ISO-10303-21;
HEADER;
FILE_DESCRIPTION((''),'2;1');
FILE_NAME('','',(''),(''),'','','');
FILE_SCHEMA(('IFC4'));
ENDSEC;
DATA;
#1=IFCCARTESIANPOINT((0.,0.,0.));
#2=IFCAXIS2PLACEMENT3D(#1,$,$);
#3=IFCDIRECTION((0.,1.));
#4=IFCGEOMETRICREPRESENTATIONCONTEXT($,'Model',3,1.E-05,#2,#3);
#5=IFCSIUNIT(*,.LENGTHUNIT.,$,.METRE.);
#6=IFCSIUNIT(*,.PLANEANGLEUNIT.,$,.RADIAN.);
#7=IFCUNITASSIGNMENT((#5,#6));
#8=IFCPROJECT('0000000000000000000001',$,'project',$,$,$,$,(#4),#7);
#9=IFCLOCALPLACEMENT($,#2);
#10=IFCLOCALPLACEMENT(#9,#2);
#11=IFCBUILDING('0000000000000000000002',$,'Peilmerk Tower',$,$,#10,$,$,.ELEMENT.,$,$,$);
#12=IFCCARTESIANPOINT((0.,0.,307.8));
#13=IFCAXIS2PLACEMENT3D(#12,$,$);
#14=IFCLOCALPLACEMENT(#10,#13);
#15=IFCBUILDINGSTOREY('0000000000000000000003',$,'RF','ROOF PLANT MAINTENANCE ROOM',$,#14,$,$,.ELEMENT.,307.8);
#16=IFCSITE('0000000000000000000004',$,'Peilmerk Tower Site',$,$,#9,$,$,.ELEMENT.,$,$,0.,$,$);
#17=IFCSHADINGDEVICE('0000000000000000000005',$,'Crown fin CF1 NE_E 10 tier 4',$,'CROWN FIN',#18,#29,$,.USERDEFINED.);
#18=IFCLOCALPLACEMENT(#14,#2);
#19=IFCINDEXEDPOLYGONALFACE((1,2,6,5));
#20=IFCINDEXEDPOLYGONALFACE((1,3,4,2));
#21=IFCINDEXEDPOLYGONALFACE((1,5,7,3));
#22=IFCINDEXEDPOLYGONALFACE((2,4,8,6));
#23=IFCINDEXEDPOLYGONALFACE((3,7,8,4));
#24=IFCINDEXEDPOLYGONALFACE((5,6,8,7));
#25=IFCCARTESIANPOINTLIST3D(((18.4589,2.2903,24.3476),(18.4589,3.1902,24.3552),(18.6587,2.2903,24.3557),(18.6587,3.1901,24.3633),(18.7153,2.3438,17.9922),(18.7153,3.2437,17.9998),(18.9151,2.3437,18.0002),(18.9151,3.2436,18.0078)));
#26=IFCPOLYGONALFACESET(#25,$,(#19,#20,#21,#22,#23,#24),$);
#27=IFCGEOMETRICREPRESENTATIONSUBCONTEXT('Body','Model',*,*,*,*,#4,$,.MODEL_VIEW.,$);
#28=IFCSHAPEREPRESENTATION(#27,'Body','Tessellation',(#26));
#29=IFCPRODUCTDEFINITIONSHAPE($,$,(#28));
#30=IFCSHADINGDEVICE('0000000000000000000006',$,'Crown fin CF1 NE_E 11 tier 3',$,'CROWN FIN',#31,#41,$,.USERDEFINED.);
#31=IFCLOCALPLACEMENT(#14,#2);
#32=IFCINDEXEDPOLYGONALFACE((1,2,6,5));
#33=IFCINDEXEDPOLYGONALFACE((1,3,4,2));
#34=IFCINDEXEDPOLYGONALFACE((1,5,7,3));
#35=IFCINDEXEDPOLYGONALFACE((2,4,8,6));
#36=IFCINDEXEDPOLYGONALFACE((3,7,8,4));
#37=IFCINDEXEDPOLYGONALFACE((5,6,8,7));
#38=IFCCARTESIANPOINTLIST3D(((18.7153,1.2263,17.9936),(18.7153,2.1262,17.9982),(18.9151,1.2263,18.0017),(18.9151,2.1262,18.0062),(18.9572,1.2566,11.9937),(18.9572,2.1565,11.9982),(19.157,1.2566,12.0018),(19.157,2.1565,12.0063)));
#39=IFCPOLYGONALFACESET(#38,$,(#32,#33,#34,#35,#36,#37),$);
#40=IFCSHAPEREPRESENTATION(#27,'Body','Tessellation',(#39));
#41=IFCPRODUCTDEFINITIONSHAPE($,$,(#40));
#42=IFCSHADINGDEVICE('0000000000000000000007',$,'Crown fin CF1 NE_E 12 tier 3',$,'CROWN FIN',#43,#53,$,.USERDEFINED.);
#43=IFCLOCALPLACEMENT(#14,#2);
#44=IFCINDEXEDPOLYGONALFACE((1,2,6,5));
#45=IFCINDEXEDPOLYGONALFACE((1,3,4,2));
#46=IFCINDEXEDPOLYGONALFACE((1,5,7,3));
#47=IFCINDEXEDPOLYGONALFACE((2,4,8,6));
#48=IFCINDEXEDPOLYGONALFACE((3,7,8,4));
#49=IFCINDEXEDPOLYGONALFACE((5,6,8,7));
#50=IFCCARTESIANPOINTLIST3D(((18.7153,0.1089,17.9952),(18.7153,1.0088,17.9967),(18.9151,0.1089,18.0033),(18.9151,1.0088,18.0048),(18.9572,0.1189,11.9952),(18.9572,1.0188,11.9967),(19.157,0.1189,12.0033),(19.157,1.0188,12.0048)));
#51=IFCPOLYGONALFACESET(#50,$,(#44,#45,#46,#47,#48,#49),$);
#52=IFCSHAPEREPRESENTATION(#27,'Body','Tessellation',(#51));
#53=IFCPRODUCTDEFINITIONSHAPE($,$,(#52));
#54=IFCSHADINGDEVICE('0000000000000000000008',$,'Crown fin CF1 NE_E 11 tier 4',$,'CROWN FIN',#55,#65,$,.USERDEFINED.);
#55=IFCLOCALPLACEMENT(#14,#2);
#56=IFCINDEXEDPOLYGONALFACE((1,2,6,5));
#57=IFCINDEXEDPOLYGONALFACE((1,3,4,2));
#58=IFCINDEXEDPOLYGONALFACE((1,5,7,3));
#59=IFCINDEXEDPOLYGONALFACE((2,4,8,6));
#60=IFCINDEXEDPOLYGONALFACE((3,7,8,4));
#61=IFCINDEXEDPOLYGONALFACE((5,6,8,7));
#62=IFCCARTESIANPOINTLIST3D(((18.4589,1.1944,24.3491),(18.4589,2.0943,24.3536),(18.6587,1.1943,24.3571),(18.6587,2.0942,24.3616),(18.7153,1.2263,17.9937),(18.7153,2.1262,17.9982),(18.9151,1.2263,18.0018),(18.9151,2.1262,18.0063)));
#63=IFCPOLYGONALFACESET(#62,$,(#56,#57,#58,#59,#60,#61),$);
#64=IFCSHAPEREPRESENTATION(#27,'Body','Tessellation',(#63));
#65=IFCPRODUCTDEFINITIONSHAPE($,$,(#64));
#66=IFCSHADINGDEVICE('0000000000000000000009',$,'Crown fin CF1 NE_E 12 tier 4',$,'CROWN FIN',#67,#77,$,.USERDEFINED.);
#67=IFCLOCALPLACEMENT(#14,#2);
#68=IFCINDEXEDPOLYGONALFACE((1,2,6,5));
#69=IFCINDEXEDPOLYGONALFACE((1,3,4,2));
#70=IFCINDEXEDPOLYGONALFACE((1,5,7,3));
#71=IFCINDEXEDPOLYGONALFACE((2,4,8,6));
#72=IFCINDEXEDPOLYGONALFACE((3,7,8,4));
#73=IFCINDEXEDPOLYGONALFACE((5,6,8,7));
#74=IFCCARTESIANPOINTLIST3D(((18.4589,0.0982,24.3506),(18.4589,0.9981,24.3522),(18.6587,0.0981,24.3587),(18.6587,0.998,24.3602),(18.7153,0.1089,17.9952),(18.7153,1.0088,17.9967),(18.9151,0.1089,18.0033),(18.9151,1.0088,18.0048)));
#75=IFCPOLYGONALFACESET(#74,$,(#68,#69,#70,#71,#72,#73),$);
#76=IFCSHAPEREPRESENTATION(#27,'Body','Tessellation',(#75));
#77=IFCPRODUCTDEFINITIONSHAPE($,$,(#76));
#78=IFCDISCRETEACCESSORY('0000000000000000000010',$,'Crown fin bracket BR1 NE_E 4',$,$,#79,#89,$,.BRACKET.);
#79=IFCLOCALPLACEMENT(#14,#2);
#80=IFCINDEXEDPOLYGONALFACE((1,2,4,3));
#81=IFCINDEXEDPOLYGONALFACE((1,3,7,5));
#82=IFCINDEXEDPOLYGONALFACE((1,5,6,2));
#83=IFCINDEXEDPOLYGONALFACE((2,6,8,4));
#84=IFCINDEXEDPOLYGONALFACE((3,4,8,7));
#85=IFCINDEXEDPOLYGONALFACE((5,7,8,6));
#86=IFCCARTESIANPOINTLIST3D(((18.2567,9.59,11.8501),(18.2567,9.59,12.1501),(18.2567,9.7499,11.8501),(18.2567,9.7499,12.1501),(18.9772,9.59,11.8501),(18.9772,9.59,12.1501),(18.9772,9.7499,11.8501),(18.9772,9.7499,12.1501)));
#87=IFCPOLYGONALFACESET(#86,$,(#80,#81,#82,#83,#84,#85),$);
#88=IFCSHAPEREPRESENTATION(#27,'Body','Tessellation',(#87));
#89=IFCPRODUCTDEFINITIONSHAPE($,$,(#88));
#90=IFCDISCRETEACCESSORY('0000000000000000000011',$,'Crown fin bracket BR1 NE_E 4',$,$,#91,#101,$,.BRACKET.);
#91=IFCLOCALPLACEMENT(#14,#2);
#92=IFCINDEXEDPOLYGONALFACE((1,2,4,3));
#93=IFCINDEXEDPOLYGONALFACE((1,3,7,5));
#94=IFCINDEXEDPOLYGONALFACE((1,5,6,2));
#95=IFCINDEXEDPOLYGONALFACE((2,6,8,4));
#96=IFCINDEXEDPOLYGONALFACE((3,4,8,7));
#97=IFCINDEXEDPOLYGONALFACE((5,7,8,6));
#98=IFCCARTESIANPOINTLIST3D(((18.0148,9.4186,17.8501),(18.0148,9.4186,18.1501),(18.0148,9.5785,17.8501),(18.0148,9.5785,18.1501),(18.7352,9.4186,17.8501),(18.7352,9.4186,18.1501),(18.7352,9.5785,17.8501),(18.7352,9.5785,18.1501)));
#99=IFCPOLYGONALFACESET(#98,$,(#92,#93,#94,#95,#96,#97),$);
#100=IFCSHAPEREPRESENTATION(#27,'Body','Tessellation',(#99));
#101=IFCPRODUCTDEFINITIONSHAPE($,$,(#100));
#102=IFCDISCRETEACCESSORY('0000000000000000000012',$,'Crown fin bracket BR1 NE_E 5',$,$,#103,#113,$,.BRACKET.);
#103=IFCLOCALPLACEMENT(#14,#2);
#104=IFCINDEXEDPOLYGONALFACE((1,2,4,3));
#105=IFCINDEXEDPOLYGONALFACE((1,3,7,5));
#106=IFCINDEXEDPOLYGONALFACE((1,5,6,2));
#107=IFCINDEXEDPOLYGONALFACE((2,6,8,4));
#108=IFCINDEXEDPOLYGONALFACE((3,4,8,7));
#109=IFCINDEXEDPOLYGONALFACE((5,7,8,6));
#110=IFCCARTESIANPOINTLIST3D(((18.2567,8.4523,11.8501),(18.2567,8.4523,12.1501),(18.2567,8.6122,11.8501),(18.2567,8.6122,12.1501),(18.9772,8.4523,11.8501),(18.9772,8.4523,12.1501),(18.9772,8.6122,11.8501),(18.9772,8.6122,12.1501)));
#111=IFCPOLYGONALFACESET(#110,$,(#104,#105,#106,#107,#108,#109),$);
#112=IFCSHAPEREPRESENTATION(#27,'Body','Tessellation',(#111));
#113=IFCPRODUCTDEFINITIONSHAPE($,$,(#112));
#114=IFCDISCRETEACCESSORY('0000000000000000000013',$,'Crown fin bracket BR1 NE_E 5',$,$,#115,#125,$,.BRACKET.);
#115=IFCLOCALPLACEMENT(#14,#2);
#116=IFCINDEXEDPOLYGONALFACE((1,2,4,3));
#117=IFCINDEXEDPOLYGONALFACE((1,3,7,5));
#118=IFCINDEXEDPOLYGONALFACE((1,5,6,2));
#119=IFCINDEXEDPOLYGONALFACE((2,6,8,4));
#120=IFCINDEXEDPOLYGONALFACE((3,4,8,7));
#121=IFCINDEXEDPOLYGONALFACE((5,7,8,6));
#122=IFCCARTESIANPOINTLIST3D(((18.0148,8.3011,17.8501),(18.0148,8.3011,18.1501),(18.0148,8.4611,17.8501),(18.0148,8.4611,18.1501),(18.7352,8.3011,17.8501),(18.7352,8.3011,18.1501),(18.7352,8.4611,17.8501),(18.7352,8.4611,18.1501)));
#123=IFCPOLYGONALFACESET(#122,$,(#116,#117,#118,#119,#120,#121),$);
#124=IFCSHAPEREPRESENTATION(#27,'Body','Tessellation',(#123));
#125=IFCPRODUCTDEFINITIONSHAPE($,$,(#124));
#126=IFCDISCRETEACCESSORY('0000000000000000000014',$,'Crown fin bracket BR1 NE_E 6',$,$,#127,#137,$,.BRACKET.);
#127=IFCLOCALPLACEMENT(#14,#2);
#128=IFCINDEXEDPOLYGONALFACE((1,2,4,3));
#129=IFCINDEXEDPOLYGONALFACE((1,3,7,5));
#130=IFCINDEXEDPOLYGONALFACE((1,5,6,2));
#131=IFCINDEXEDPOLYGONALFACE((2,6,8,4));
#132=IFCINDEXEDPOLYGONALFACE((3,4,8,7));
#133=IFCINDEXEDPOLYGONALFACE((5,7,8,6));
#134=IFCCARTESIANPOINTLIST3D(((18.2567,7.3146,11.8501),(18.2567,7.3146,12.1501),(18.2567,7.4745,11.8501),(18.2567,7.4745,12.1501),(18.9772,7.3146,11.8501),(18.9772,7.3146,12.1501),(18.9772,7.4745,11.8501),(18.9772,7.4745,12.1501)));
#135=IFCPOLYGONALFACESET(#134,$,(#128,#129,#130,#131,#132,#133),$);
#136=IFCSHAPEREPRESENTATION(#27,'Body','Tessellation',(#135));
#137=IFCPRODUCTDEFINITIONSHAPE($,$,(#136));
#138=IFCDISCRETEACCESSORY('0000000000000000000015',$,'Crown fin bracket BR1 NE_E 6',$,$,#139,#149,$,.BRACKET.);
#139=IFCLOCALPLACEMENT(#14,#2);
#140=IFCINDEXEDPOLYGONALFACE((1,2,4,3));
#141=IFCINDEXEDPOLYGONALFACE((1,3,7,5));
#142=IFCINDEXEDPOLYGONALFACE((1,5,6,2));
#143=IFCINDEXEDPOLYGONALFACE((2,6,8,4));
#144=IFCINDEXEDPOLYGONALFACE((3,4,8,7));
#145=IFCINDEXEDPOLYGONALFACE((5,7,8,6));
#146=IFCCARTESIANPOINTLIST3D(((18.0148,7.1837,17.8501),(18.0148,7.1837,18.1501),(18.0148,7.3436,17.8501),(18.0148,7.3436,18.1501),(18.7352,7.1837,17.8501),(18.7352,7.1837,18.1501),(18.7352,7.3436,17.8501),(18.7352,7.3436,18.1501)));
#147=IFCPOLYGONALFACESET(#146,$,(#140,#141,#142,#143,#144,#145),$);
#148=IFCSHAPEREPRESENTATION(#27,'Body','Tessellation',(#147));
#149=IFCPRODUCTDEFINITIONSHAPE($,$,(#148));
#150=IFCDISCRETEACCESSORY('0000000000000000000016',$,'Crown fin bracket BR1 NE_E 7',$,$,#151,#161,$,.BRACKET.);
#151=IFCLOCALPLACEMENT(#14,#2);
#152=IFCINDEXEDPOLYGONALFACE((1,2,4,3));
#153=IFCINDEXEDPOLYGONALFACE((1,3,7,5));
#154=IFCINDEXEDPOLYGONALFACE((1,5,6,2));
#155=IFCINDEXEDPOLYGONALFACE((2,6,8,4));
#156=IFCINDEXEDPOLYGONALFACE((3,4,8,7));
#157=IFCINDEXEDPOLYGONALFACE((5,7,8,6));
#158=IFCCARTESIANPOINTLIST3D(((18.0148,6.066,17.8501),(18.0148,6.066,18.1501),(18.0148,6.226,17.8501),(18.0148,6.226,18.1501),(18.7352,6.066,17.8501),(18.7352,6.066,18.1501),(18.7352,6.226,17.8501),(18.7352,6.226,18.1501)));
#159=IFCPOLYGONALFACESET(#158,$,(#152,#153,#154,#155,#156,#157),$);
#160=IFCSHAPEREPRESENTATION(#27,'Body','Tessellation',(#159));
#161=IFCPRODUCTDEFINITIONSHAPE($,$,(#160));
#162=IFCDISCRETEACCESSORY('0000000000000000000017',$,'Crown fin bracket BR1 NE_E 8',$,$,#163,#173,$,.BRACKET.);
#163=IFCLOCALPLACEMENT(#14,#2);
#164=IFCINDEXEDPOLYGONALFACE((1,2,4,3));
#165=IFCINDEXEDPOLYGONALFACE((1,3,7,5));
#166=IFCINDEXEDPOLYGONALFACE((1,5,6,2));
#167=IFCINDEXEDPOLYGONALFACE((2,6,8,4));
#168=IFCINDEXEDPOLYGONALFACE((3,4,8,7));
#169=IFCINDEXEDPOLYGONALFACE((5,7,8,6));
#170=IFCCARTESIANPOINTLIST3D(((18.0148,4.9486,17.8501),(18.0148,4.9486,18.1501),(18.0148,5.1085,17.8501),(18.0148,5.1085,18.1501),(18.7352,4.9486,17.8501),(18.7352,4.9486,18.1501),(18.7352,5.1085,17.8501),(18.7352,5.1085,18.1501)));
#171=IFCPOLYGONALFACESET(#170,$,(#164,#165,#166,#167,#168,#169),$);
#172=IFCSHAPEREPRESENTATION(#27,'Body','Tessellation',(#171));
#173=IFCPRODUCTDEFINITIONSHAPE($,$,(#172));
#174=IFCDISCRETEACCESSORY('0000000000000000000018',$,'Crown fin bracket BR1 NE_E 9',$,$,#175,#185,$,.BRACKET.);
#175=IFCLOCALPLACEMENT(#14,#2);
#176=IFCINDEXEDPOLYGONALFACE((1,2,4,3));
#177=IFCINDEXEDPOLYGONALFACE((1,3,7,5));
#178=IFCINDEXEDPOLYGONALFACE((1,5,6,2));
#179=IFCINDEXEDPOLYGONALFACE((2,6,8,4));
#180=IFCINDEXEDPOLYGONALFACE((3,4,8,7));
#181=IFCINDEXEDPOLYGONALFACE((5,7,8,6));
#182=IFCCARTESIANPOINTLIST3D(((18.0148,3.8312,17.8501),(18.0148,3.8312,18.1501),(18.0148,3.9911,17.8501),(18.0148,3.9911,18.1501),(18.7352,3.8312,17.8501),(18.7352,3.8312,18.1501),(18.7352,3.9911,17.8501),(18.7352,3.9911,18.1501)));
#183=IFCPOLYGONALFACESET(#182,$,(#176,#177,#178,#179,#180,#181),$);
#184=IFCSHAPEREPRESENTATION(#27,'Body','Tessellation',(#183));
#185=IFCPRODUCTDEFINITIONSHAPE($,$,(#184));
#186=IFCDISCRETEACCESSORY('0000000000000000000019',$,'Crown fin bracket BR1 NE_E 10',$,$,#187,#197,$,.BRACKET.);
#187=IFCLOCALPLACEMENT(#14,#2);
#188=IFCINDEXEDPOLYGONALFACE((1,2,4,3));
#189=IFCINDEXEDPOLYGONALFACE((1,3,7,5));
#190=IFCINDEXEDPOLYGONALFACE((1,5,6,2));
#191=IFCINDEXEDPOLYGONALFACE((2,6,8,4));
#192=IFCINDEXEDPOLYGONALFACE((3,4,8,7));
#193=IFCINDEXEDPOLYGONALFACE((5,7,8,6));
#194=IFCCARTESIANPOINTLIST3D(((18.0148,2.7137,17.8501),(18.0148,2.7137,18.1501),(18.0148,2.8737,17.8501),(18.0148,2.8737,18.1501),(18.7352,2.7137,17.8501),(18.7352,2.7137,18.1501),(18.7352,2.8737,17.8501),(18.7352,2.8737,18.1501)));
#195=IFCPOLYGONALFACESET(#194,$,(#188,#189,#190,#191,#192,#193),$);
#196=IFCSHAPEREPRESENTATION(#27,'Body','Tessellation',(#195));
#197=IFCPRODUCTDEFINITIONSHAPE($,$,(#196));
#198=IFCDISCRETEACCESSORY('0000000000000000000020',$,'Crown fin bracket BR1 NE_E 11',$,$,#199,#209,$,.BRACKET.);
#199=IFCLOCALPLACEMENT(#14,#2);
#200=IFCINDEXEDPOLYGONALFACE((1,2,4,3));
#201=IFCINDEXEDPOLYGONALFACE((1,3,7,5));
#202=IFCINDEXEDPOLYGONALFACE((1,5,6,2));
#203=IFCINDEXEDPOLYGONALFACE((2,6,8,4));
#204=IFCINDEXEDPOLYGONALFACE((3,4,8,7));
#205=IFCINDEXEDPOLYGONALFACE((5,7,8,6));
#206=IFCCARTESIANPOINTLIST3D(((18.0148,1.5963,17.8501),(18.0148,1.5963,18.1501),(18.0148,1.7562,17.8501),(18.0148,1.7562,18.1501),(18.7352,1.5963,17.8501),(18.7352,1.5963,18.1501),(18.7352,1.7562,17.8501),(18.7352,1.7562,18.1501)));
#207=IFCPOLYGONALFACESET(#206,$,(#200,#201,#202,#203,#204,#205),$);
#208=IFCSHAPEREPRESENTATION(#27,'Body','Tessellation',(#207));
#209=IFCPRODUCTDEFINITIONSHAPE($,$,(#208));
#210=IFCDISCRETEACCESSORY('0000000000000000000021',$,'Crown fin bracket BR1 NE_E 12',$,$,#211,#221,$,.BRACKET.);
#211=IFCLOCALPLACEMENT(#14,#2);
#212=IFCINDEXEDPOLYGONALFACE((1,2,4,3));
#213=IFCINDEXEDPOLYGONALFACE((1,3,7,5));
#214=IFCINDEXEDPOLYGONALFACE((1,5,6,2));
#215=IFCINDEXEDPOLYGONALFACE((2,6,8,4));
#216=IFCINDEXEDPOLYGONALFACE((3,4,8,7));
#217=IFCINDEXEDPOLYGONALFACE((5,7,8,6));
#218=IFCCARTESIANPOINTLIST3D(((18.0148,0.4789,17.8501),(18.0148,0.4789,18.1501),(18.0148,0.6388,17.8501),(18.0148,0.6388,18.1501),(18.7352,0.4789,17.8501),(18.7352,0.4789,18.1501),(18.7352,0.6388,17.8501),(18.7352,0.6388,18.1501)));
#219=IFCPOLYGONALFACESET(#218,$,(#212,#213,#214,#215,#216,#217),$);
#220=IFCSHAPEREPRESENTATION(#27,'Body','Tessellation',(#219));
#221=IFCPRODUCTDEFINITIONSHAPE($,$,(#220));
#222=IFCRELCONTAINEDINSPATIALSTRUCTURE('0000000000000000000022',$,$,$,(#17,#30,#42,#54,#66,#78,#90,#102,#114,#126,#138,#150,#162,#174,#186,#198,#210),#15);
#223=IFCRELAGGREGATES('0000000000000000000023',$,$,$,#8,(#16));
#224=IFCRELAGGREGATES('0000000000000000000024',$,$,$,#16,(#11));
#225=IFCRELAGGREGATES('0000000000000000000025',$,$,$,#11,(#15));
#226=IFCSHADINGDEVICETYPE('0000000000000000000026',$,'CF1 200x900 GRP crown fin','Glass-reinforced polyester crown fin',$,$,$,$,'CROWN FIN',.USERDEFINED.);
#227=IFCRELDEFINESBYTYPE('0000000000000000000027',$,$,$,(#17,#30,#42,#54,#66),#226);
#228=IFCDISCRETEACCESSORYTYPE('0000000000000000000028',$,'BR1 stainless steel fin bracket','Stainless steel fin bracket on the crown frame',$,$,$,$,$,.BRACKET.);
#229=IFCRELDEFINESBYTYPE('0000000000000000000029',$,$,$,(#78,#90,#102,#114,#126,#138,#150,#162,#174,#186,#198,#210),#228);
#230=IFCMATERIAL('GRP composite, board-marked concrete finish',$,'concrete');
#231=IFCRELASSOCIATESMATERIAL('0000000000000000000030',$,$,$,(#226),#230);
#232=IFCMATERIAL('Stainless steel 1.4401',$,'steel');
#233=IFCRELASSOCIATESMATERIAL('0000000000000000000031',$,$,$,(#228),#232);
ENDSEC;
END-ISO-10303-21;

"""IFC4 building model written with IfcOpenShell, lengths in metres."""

from ifc_helpers import new_model, si_unit, direction, frame, origin, origin_2d, place, context, subcontext, project, spatial, rectangle, extrude, source, transform, mapped, material, material_profile, profile_set, type_object, element, save


model = new_model("IFC4")

# Units and contexts
model_context = context("Model", 3, precision=1e-05, world=origin(), true_north=direction((0.0, 1.0)))
body_context = subcontext(model_context, "Body", "Model", "MODEL_VIEW")
ifc_project = project(units=[si_unit("LENGTHUNIT", "METRE"), si_unit("PLANEANGLEUNIT", "RADIAN")], contexts=[model_context])

# Site, building, storey
site_placement = place(None, origin())
site = spatial("IfcSite", under=ifc_project, at=site_placement, Name="Peilmerk Tower Site", CompositionType="ELEMENT", RefElevation=0.0)
building_placement = place(site_placement, origin())
building = spatial("IfcBuilding", under=site, at=building_placement, Name="Peilmerk Tower", CompositionType="ELEMENT")
storey_placement = place(building_placement, frame((0.0, 0.0, 307.8)))
storey = spatial("IfcBuildingStorey", under=building, at=storey_placement, Name="RF", Description="ROOF PLANT MAINTENANCE ROOM", CompositionType="ELEMENT", Elevation=307.8)

# Shading devices
ifc_material_1 = material(Name="GRP composite, board-marked concrete finish", Category="concrete")
ifc_material_profile = material_profile(ifc_material_1, rectangle(XDim=0.2, YDim=0.8999, at=origin_2d()), Name="CF1 200x900")
ifc_profile_set = profile_set([ifc_material_profile], Name="GRP composite, board-marked concrete finish")
shading_device_type = type_object("IfcShadingDeviceType", Name="CF1 200x900 GRP crown fin", Description="Glass-reinforced polyester crown fin", ElementType="CROWN FIN", PredefinedType="USERDEFINED", material=ifc_profile_set)
shared_shape_1 = source(origin(), body_context, "Body", "SweptSolid", [
    extrude(rectangle(XDim=0.2, YDim=0.8999, at=origin_2d()), origin(), (0.0, 0.0, 1.0), 6.3608),
])
shading_device_1_placement = place(storey_placement, frame((18.8152, 2.7937, 18.0), z_axis=(-0.040301, -0.008406, 0.999152), x_axis=(0.999188, -0.000339, 0.040299)))
element("IfcShadingDevice", 1, at=shading_device_1_placement, inside=storey, type_object=shading_device_type, Name="Crown fin CF1 NE_E 10 tier 4", ObjectType="CROWN FIN", PredefinedType="USERDEFINED", context=body_context, shape_type="MappedRepresentation", body=[
    mapped(shared_shape_1, transform((0.0, 0.0, 0.0), scale=1.0)),
])
shared_shape_2 = source(origin(), body_context, "Body", "SweptSolid", [
    extrude(rectangle(XDim=0.2, YDim=0.8999, at=origin_2d()), origin(), (0.0, 0.0, 1.0), 6.0049),
])
for number, where, z_axis, x_axis, name in (
    (2, (19.0571, 1.7065, 12.0), (-0.040291, -0.005041, 0.999175), (0.999188, -0.000203, 0.04029), "Crown fin CF1 NE_E 11 tier 3"),
    (3, (19.0571, 0.5688, 12.0), (-0.040291, -0.001667, 0.999187), (0.999188, -0.000067, 0.040291), "Crown fin CF1 NE_E 12 tier 3"),
):
    element("IfcShadingDevice", number, at=place(storey_placement, frame(where, z_axis=z_axis, x_axis=x_axis)), inside=storey, type_object=shading_device_type, Name=name, ObjectType="CROWN FIN", PredefinedType="USERDEFINED", context=body_context, shape_type="MappedRepresentation", body=[
        mapped(shared_shape_2, transform((0.0, 0.0, 0.0), scale=1.0)),
    ])
shared_shape_3 = source(origin(), body_context, "Body", "SweptSolid", [
    extrude(rectangle(XDim=0.2, YDim=0.8999, at=origin_2d()), origin(), (0.0, 0.0, 1.0), 6.3606),
])
for number, where, z_axis, x_axis, name in (
    (4, (18.8152, 1.6763, 18.0), (-0.040302, -0.005028, 0.999175), (0.999188, -0.000203, 0.040301), "Crown fin CF1 NE_E 11 tier 4"),
    (5, (18.8152, 0.5588, 18.0), (-0.040302, -0.001689, 0.999186), (0.999188, -0.000068, 0.040302), "Crown fin CF1 NE_E 12 tier 4"),
):
    element("IfcShadingDevice", number, at=place(storey_placement, frame(where, z_axis=z_axis, x_axis=x_axis)), inside=storey, type_object=shading_device_type, Name=name, ObjectType="CROWN FIN", PredefinedType="USERDEFINED", context=body_context, shape_type="MappedRepresentation", body=[
        mapped(shared_shape_3, transform((0.0, 0.0, 0.0), scale=1.0)),
    ])

# Discrete accessories
ifc_material_2 = material(Name="Stainless steel 1.4401", Category="steel")
discrete_accessory_type = type_object("IfcDiscreteAccessoryType", Name="BR1 stainless steel fin bracket", Description="Stainless steel fin bracket on the crown frame", PredefinedType="BRACKET", material=ifc_material_2)
shared_shape_4 = source(origin(), body_context, "Body", "SweptSolid", [
    extrude(rectangle(XDim=0.7205, YDim=0.1599, at=origin_2d()), origin(), (0.0, 0.0, 1.0), 0.3),
])
for number, where, z_axis, x_axis, name in (
    (6, (18.6169, 9.6699, 11.8501), (0.0, 0.0, 1.0), (1.0, 0.0, 0.0), "Crown fin bracket BR1 NE_E 4"),
    (7, (18.375, 9.4985, 17.8501), (0.0, 0.0, 1.0), (1.0, 0.0, 0.0), "Crown fin bracket BR1 NE_E 4"),
    (8, (18.6169, 8.5322, 11.8501), (0.0, 0.0, 1.0), (1.0, 0.0, 0.0), "Crown fin bracket BR1 NE_E 5"),
    (9, (18.375, 8.3811, 17.8501), (0.0, 0.0, 1.0), (1.0, 0.0, 0.0), "Crown fin bracket BR1 NE_E 5"),
    (10, (18.6169, 7.3945, 11.8501), (0.0, 0.0, 1.0), (1.0, 0.0, 0.0), "Crown fin bracket BR1 NE_E 6"),
    (11, (18.375, 7.2637, 17.8501), (0.0, 0.0, 1.0), (1.0, 0.0, 0.0), "Crown fin bracket BR1 NE_E 6"),
    (12, (18.375, 6.146, 17.8501), (0.0, 0.0, 1.0), (1.0, 0.0, 0.0), "Crown fin bracket BR1 NE_E 7"),
    (13, (18.375, 5.0286, 17.8501), (0.0, 0.0, 1.0), (1.0, 0.0, 0.0), "Crown fin bracket BR1 NE_E 8"),
    (14, (18.375, 3.9111, 17.8501), (0.0, 0.0, 1.0), (1.0, 0.0, 0.0), "Crown fin bracket BR1 NE_E 9"),
    (15, (18.375, 2.7937, 17.8501), (0.0, 0.0, 1.0), (1.0, 0.0, 0.0), "Crown fin bracket BR1 NE_E 10"),
    (16, (18.375, 1.6763, 17.8501), (0.0, 0.0, 1.0), (1.0, 0.0, 0.0), "Crown fin bracket BR1 NE_E 11"),
    (17, (18.375, 0.5588, 17.8501), (0.0, 0.0, 1.0), (1.0, 0.0, 0.0), "Crown fin bracket BR1 NE_E 12"),
):
    element("IfcDiscreteAccessory", number, at=place(storey_placement, frame(where, z_axis=z_axis, x_axis=x_axis)), inside=storey, type_object=discrete_accessory_type, Name=name, PredefinedType="BRACKET", context=body_context, shape_type="MappedRepresentation", body=[
        mapped(shared_shape_4, transform((0.0, 0.0, 0.0), scale=1.0)),
    ])

save(model, "model.ifc")
